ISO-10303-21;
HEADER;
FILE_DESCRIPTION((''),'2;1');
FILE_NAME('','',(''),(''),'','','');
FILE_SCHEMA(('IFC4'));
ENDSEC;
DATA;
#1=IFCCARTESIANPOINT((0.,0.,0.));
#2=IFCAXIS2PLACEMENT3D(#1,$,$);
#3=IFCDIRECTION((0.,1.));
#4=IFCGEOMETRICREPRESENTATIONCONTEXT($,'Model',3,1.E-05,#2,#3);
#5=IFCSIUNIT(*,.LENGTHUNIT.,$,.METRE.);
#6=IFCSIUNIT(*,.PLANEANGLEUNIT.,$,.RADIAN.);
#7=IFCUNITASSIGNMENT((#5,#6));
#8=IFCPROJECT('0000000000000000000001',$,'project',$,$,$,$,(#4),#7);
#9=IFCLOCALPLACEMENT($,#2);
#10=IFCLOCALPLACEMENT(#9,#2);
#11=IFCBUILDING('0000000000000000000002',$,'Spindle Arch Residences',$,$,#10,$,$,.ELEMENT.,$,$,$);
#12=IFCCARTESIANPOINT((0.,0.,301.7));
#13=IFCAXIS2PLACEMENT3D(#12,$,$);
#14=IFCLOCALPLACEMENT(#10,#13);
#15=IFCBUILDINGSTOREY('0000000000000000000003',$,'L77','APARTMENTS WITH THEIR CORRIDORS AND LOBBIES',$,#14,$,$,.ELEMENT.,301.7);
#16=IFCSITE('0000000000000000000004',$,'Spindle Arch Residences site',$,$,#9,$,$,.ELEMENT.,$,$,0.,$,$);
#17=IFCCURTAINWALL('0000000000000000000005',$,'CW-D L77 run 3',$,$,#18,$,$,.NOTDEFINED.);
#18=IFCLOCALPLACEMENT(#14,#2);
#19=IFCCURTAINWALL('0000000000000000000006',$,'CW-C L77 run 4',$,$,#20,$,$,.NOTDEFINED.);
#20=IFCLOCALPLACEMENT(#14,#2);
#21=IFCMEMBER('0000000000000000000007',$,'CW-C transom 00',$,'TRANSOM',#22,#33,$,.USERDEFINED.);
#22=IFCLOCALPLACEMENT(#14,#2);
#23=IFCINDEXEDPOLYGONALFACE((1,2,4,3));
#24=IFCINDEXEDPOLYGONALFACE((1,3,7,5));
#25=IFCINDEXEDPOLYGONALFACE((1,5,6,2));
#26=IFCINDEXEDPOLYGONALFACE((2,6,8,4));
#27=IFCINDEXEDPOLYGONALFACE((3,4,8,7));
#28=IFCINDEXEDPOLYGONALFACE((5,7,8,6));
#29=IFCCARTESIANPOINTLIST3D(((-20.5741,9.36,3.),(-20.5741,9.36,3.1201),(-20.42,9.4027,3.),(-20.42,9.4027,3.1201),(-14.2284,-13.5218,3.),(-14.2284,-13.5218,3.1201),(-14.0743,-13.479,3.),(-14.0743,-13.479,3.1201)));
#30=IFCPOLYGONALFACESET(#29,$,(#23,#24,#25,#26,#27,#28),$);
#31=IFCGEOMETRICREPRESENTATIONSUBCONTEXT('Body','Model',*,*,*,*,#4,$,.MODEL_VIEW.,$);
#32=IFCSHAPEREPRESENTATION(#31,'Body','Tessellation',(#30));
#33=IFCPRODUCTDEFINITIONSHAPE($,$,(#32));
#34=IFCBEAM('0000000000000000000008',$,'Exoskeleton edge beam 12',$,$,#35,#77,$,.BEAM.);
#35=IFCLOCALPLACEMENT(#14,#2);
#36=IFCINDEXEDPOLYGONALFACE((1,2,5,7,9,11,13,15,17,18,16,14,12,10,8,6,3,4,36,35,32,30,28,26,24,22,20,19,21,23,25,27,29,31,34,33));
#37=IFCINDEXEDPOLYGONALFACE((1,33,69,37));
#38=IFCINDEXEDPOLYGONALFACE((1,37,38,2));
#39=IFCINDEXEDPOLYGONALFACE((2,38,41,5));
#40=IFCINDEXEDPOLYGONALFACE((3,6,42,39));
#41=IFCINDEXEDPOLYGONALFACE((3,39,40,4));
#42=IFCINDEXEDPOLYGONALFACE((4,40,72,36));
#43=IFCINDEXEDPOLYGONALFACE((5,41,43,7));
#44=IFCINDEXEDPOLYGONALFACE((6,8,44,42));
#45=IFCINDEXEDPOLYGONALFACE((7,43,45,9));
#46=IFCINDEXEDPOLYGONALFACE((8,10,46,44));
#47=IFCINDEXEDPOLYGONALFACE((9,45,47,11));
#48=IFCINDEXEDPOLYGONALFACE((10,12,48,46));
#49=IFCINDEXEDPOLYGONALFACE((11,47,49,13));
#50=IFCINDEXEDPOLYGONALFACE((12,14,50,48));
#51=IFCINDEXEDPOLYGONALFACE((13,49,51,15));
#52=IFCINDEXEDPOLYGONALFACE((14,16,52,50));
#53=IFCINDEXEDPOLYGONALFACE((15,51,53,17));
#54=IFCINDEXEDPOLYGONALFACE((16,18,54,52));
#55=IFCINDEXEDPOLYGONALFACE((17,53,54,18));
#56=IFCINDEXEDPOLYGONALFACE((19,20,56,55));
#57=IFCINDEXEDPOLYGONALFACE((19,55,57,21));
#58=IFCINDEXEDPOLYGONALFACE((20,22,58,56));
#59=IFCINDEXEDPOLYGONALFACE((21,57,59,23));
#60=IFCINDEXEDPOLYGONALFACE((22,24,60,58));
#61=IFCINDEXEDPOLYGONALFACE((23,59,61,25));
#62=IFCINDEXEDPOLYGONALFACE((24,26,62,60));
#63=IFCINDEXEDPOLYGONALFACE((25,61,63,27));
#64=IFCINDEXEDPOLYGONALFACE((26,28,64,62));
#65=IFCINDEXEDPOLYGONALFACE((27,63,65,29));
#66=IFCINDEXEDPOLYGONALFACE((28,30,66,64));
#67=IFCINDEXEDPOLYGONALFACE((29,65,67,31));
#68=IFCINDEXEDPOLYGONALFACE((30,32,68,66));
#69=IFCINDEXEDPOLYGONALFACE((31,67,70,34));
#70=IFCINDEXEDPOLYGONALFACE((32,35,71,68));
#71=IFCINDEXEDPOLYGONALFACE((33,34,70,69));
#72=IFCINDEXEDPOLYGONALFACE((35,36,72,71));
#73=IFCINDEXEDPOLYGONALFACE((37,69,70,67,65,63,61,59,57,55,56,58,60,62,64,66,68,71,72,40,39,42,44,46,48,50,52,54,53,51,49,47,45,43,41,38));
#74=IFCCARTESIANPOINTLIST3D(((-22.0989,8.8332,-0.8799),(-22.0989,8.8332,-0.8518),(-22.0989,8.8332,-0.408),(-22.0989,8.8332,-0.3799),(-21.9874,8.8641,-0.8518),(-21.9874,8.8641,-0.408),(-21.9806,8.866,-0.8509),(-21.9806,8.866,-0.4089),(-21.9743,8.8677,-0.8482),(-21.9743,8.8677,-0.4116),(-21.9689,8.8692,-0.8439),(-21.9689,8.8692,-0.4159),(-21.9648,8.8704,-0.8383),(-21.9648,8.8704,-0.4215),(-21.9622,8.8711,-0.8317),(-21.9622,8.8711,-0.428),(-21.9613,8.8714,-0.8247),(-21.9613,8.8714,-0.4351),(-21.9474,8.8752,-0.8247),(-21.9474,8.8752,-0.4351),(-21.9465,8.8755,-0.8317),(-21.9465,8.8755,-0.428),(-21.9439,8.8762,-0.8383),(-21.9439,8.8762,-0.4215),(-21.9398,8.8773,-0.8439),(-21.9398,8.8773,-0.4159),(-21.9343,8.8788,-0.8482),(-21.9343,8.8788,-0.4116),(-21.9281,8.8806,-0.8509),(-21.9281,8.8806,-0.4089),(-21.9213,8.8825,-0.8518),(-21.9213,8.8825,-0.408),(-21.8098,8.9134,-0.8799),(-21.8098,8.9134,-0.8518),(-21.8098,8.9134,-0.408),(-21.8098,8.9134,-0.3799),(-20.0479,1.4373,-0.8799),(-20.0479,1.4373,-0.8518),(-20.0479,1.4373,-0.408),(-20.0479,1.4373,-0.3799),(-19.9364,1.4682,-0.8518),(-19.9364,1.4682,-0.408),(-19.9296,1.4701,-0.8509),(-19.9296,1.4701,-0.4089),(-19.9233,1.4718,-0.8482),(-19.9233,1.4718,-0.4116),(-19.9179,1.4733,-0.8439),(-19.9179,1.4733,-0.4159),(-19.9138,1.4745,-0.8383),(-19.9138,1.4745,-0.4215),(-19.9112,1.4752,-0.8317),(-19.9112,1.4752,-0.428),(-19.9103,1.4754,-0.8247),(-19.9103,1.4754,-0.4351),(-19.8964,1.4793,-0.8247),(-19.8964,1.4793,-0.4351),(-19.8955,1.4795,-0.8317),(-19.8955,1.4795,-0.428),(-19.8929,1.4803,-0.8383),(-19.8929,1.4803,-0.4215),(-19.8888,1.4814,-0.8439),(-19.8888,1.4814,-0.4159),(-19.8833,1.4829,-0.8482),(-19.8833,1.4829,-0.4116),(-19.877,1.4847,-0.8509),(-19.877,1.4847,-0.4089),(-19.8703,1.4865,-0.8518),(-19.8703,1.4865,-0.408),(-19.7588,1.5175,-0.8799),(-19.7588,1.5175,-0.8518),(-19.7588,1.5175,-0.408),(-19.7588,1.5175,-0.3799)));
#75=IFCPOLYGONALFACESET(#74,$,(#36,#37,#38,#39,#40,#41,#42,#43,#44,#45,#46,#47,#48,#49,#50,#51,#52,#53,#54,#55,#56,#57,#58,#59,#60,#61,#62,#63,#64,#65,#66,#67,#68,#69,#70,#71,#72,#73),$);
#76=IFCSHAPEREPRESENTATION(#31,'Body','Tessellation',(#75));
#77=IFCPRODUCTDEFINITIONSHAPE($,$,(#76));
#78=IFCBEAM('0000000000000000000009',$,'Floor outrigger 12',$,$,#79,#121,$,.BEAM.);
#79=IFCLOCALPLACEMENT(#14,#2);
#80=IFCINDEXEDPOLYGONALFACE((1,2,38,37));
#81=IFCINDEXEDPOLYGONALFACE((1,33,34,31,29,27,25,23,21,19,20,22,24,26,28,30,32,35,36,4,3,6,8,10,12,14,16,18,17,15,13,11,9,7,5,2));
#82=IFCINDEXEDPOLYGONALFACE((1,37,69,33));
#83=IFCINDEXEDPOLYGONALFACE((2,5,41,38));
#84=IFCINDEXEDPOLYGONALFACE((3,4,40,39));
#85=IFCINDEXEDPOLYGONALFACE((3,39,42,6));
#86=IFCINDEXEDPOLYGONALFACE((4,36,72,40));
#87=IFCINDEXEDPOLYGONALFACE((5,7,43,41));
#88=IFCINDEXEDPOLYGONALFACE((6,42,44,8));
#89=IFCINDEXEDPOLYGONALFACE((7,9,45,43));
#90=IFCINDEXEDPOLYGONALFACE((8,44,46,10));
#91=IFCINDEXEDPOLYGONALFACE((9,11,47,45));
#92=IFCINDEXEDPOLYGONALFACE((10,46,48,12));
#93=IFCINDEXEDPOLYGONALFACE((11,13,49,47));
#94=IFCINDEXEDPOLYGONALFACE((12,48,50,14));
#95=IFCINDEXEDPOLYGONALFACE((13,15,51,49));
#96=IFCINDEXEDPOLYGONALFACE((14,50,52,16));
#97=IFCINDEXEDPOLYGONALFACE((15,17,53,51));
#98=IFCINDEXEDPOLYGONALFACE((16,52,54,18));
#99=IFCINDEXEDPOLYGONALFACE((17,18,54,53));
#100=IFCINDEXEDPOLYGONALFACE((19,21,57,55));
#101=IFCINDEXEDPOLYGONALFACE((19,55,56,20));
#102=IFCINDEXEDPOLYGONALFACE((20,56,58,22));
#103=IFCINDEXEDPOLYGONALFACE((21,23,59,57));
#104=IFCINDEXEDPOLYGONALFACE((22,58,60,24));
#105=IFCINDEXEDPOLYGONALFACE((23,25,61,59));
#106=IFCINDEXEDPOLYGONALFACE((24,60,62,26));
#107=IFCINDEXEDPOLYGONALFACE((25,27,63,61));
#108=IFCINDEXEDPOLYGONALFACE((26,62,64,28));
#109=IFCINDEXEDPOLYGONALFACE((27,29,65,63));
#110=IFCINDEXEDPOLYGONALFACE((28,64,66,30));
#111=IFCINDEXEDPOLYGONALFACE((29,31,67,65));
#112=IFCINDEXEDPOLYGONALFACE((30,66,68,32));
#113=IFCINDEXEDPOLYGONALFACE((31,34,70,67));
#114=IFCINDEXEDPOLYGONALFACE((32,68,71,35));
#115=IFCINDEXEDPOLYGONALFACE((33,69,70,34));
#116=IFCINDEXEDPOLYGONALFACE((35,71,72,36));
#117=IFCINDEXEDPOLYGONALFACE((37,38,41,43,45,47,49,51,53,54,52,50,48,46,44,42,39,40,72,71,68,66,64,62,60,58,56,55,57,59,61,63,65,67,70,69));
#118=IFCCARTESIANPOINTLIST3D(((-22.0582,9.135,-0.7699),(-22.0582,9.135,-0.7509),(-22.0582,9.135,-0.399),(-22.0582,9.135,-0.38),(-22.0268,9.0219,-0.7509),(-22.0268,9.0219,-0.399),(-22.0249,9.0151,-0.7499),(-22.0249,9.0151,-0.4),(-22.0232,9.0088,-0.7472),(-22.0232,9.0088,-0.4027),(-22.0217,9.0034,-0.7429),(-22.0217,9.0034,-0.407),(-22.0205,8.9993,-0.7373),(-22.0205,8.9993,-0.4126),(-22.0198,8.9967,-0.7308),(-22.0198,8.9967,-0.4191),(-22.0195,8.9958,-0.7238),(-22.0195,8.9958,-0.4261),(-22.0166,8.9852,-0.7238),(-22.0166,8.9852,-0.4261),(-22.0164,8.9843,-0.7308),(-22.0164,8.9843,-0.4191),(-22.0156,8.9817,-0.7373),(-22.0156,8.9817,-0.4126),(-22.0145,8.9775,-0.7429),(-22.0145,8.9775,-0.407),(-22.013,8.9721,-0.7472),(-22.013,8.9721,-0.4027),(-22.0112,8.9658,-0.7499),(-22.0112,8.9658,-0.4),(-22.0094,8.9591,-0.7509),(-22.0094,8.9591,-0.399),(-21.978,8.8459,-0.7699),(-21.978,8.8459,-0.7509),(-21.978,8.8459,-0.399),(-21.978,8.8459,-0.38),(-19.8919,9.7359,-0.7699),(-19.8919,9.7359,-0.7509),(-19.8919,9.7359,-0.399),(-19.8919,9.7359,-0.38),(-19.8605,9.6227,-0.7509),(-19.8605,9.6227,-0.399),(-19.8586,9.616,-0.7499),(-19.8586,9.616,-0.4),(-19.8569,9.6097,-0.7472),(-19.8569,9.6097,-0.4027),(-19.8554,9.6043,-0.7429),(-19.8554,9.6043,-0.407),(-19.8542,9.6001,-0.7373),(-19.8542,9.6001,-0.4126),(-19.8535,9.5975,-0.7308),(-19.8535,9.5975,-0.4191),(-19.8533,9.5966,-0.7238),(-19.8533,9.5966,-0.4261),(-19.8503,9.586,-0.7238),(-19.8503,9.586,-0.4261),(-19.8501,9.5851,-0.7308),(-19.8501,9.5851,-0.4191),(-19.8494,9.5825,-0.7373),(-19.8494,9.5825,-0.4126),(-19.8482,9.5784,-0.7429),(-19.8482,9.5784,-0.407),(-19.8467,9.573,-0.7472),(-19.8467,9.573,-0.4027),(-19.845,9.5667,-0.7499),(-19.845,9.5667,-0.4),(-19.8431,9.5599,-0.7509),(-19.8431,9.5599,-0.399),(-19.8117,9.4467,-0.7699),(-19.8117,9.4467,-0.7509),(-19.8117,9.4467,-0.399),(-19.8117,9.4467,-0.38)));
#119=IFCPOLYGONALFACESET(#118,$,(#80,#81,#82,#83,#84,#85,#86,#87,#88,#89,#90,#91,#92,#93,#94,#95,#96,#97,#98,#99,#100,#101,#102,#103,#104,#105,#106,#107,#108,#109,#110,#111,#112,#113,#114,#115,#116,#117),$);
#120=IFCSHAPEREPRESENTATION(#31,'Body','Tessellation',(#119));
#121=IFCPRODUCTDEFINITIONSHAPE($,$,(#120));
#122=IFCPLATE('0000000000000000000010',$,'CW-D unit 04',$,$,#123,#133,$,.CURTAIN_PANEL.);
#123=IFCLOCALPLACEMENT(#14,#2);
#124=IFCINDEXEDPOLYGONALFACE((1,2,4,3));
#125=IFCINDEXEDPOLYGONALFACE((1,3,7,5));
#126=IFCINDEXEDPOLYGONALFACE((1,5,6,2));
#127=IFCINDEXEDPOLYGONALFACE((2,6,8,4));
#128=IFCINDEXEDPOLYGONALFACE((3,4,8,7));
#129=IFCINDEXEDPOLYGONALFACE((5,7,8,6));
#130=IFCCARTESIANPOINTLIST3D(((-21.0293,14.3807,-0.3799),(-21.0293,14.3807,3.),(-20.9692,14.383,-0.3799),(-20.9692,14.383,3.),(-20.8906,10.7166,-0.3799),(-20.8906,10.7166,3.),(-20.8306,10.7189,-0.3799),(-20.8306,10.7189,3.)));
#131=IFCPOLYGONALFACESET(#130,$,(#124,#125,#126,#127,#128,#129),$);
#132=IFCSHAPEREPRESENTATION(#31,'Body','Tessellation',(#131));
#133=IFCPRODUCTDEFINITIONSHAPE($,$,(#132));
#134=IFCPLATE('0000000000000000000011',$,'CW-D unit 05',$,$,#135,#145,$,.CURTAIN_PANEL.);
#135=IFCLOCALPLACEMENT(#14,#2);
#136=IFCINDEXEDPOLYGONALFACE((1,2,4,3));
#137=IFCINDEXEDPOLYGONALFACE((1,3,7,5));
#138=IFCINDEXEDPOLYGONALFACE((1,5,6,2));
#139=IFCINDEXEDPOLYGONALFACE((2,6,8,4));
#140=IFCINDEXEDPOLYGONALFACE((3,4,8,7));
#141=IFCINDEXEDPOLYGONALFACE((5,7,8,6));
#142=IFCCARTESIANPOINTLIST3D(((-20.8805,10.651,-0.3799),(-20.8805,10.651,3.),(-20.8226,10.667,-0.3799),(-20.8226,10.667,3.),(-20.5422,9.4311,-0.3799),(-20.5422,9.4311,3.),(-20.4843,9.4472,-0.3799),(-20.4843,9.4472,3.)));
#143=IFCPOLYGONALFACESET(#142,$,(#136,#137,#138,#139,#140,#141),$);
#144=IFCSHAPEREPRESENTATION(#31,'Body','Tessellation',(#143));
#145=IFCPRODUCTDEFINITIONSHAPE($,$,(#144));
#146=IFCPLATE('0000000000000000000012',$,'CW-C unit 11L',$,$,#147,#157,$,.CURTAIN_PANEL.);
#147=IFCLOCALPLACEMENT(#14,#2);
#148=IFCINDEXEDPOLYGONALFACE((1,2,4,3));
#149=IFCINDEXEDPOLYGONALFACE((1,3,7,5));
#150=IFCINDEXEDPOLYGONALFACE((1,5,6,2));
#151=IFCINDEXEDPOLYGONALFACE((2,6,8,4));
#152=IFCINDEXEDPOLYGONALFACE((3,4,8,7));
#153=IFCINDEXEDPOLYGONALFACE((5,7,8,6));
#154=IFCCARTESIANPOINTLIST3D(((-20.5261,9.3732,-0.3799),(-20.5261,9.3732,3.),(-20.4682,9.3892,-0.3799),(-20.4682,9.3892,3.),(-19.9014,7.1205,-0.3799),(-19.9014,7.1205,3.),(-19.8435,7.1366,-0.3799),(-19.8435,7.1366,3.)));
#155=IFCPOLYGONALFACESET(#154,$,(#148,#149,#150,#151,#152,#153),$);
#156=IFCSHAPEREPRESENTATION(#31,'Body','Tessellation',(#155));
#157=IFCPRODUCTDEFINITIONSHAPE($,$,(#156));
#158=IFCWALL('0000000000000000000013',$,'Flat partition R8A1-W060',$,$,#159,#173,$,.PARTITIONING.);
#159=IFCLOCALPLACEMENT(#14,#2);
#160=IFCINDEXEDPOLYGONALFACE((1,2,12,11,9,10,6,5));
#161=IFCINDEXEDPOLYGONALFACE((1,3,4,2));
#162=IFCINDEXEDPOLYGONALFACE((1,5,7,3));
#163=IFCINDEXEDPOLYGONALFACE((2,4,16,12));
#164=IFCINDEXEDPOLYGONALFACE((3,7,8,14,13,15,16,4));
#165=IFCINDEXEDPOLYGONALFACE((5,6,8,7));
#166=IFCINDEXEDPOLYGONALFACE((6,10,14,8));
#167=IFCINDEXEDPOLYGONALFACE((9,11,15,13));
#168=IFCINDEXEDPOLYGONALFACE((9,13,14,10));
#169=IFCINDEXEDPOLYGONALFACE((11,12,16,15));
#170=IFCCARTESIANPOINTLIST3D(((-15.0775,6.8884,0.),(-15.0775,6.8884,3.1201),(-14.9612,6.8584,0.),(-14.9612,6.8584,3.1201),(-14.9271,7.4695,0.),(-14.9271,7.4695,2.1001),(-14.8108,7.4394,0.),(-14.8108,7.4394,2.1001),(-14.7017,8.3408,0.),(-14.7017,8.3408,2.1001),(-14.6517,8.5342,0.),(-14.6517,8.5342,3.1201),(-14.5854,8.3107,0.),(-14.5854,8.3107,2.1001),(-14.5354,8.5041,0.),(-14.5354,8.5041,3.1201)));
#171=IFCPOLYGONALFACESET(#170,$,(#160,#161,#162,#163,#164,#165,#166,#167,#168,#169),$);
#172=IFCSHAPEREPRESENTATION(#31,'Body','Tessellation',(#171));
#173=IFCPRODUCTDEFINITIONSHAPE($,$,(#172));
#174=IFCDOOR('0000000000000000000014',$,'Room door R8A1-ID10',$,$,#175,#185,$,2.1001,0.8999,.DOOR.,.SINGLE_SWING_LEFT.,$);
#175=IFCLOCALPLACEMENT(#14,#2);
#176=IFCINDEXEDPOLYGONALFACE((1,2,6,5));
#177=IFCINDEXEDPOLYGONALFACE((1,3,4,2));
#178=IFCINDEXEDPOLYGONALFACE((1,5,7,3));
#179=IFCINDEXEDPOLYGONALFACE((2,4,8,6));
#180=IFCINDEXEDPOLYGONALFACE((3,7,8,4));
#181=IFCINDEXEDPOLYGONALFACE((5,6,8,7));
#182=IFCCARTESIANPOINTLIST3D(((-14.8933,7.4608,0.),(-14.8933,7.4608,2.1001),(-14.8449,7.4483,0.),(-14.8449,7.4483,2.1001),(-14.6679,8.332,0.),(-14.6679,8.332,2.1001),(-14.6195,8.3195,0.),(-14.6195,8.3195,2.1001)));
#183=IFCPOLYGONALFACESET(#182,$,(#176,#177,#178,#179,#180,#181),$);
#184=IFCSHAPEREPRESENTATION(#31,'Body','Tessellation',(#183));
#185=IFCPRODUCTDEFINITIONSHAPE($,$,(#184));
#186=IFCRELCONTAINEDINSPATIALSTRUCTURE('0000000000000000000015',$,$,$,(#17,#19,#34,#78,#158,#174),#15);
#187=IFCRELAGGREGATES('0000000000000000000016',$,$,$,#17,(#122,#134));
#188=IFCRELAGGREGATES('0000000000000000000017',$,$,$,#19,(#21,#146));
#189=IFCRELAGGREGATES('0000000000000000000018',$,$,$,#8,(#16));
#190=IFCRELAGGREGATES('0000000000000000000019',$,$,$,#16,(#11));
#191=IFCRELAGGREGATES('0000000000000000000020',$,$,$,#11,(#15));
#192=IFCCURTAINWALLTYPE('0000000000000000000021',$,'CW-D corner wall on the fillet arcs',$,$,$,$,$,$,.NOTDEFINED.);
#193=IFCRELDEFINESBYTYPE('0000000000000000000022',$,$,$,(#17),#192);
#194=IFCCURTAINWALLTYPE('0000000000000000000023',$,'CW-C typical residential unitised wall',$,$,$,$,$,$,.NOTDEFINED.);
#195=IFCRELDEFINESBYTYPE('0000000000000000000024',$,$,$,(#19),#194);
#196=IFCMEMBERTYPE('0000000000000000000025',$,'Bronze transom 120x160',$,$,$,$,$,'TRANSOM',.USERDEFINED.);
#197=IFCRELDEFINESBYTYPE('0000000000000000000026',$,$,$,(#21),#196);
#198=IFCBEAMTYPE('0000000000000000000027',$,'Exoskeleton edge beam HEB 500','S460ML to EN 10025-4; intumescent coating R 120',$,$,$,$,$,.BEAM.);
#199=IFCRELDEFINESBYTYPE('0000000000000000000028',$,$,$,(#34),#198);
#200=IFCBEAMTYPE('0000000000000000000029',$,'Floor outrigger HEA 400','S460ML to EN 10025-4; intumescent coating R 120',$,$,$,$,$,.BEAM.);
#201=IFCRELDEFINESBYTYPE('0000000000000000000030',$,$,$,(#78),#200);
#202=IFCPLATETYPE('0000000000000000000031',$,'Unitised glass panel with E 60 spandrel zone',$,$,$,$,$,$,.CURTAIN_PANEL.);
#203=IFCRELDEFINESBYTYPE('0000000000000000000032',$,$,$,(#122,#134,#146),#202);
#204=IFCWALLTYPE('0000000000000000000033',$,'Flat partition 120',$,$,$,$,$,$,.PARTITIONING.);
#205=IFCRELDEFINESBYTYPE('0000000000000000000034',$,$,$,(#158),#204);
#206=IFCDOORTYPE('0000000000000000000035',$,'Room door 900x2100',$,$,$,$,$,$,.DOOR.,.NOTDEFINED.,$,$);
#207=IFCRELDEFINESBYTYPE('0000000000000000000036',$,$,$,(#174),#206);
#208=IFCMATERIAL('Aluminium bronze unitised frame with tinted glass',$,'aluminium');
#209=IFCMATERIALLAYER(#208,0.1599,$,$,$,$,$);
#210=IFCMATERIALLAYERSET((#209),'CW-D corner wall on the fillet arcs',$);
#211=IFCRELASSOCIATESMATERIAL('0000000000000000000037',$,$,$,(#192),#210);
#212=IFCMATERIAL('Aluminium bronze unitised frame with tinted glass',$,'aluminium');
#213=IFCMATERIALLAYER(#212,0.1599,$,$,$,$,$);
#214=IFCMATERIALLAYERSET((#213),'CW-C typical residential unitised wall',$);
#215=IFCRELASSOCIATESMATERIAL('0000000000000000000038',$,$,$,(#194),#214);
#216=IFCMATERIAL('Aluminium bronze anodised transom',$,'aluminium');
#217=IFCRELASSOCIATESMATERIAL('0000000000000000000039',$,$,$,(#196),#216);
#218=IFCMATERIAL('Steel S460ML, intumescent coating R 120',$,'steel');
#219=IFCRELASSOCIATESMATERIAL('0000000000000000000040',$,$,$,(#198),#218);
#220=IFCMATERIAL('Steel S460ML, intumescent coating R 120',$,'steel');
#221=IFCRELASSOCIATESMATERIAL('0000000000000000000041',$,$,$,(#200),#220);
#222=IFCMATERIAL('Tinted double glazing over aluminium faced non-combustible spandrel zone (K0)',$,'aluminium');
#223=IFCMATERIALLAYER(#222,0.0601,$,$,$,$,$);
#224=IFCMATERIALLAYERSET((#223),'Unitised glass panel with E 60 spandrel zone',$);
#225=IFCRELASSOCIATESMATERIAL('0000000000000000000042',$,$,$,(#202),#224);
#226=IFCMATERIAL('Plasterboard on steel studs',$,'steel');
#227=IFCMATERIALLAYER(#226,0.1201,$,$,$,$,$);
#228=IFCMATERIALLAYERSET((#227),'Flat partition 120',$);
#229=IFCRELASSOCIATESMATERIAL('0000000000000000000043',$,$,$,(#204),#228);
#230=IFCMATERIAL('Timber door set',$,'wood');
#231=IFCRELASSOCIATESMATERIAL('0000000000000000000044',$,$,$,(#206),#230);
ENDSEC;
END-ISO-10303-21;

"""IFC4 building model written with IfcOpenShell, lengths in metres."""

from ifc_helpers import new_model, si_unit, direction, frame, frame_2d, origin, origin_2d, place, context, subcontext, project, spatial, rectangle, i_section, extrude, material, layer, layer_set, material_profile, profile_set, type_object, element, fill, aggregate, save


model = new_model("IFC4")

# Units and contexts
model_context = context("Model", 3, precision=1e-05, world=origin(), true_north=direction((0.0, 1.0)))
body_context = subcontext(model_context, "Body", "Model", "MODEL_VIEW")
ifc_project = project(units=[si_unit("LENGTHUNIT", "METRE"), si_unit("PLANEANGLEUNIT", "RADIAN")], contexts=[model_context])

# Site, building, storey
site_placement = place(None, origin())
site = spatial("IfcSite", under=ifc_project, at=site_placement, Name="Spindle Arch Residences site", CompositionType="ELEMENT", RefElevation=0.0)
building_placement = place(site_placement, origin())
building = spatial("IfcBuilding", under=site, at=building_placement, Name="Spindle Arch Residences", CompositionType="ELEMENT")
storey_placement = place(building_placement, frame((0.0, 0.0, 301.7)))
storey = spatial("IfcBuildingStorey", under=building, at=storey_placement, Name="L77", Description="APARTMENTS WITH THEIR CORRIDORS AND LOBBIES", CompositionType="ELEMENT", Elevation=301.7)

# Curtain walls
ifc_material_1 = material(Name="Aluminium bronze unitised frame with tinted glass", Category="aluminium")
ifc_layer_1 = layer(ifc_material_1, 0.1599)
ifc_layer_set_1 = layer_set([ifc_layer_1], Name="CW-D corner wall on the fillet arcs")
curtain_wall_type_1 = type_object("IfcCurtainWallType", Name="CW-D corner wall on the fillet arcs", PredefinedType="NOTDEFINED", material=ifc_layer_set_1)
curtain_wall_1_placement = place(storey_placement, origin())
curtain_wall_1 = element("IfcCurtainWall", 1, at=curtain_wall_1_placement, inside=storey, type_object=curtain_wall_type_1, Name="CW-D L77 run 3", PredefinedType="NOTDEFINED")
ifc_material_2 = material(Name="Aluminium bronze unitised frame with tinted glass", Category="aluminium")
ifc_layer_2 = layer(ifc_material_2, 0.1599)
ifc_layer_set_2 = layer_set([ifc_layer_2], Name="CW-C typical residential unitised wall")
curtain_wall_type_2 = type_object("IfcCurtainWallType", Name="CW-C typical residential unitised wall", PredefinedType="NOTDEFINED", material=ifc_layer_set_2)
curtain_wall_2_placement = place(storey_placement, origin())
curtain_wall_2 = element("IfcCurtainWall", 2, at=curtain_wall_2_placement, inside=storey, type_object=curtain_wall_type_2, Name="CW-C L77 run 4", PredefinedType="NOTDEFINED")

# Member
ifc_material_3 = material(Name="Aluminium bronze anodised transom", Category="aluminium")
ifc_material_profile_1 = material_profile(ifc_material_3, rectangle(XDim=0.1599, YDim=0.1201, at=origin_2d()), Name="TR 120x160")
ifc_profile_set_1 = profile_set([ifc_material_profile_1], Name="Aluminium bronze anodised transom")
member_type_1 = type_object("IfcMemberType", Name="Bronze transom 120x160", ElementType="TRANSOM", PredefinedType="USERDEFINED", material=ifc_profile_set_1)
member_1_placement = place(storey_placement, frame((-20.4971, 9.3813, 3.0601), z_axis=(0.267239, -0.96363, 0.0), x_axis=(0.96363, 0.267239, 0.0)))
member_1 = element("IfcMember", 3, at=member_1_placement, type_object=member_type_1, Name="CW-C transom 00", ObjectType="TRANSOM", PredefinedType="USERDEFINED", context=body_context, shape_type="SweptSolid", body=[
    extrude(rectangle(XDim=0.1599, YDim=0.1201, at=origin_2d()), origin(), (0.0, 0.0, 1.0), 23.7454),
])

# Beams
ifc_material_4 = material(Name="Steel S460ML, intumescent coating R 120", Category="steel")
ifc_material_profile_2 = material_profile(ifc_material_4, i_section(OverallWidth=0.3, OverallDepth=0.5, WebThickness=0.0144, FlangeThickness=0.0281, FilletRadius=0.0271, at=origin_2d()), Name="HEB 500")
ifc_profile_set_2 = profile_set([ifc_material_profile_2], Name="Steel S460ML, intumescent coating R 120")
beam_type_1 = type_object("IfcBeamType", Name="Exoskeleton edge beam HEB 500", Description="S460ML to EN 10025-4; intumescent coating R 120", PredefinedType="BEAM", material=ifc_profile_set_2)
beam_1_placement = place(storey_placement, frame((-21.9543, 8.8733, -0.6299), z_axis=(0.26723, -0.963633, 0.0), x_axis=(0.963633, 0.26723, 0.0)))
element("IfcBeam", 4, at=beam_1_placement, inside=storey, type_object=beam_type_1, Name="Exoskeleton edge beam 12", PredefinedType="BEAM", context=body_context, shape_type="SweptSolid", body=[
    extrude(i_section(OverallWidth=0.3, OverallDepth=0.5, WebThickness=0.0144, FlangeThickness=0.0281, FilletRadius=0.0271, at=origin_2d()), origin(), (0.0, 0.0, 1.0), 7.675),
])
ifc_material_5 = material(Name="Steel S460ML, intumescent coating R 120", Category="steel")
ifc_material_profile_3 = material_profile(ifc_material_5, i_section(OverallWidth=0.3, OverallDepth=0.3899, WebThickness=0.011, FlangeThickness=0.019, FilletRadius=0.0271, at=origin_2d()), Name="HEA 400")
ifc_profile_set_3 = profile_set([ifc_material_profile_3], Name="Steel S460ML, intumescent coating R 120")
beam_type_2 = type_object("IfcBeamType", Name="Floor outrigger HEA 400", Description="S460ML to EN 10025-4; intumescent coating R 120", PredefinedType="BEAM", material=ifc_profile_set_3)
beam_2_placement = place(storey_placement, frame((-22.0181, 8.9905, -0.575), z_axis=(0.963622, 0.267269, 0.0), x_axis=(-0.267269, 0.963622, 0.0)))
element("IfcBeam", 5, at=beam_2_placement, inside=storey, type_object=beam_type_2, Name="Floor outrigger 12", PredefinedType="BEAM", context=body_context, shape_type="SweptSolid", body=[
    extrude(i_section(OverallWidth=0.3, OverallDepth=0.3899, WebThickness=0.011, FlangeThickness=0.019, FilletRadius=0.0271, at=origin_2d()), origin(), (0.0, 0.0, 1.0), 2.248),
])

# Plates
ifc_material_6 = material(Name="Tinted double glazing over aluminium faced non-combustible spandrel zone (K0)", Category="aluminium")
ifc_layer_3 = layer(ifc_material_6, 0.0601)
ifc_layer_set_3 = layer_set([ifc_layer_3], Name="Unitised glass panel with E 60 spandrel zone")
plate_type = type_object("IfcPlateType", Name="Unitised glass panel with E 60 spandrel zone", PredefinedType="CURTAIN_PANEL", material=ifc_layer_set_3)
plate_1_placement = place(storey_placement, frame((-20.9299, 12.5498, -0.3799), z_axis=(0.0, 0.0, 1.0), x_axis=(0.037806, -0.999285, 0.0)))
plate_1 = element("IfcPlate", 6, at=plate_1_placement, type_object=plate_type, Name="CW-D unit 04", PredefinedType="CURTAIN_PANEL", context=body_context, shape_type="SweptSolid", body=[
    extrude(rectangle(XDim=3.6667, YDim=0.0601, at=origin_2d()), origin(), (0.0, 0.0, 1.0), 3.3799),
])
plate_2_placement = place(storey_placement, frame((-20.6824, 10.0491, -0.3799), z_axis=(0.0, 0.0, 1.0), x_axis=(0.267238, -0.96363, 0.0)))
plate_2 = element("IfcPlate", 7, at=plate_2_placement, type_object=plate_type, Name="CW-D unit 05", PredefinedType="CURTAIN_PANEL", context=body_context, shape_type="SweptSolid", body=[
    extrude(rectangle(XDim=1.2659, YDim=0.0601, at=origin_2d()), origin(), (0.0, 0.0, 1.0), 3.3799),
])
aggregate(curtain_wall_1, [plate_1, plate_2])
plate_3_placement = place(storey_placement, frame((-20.1848, 8.2549, -0.3799), z_axis=(0.0, 0.0, 1.0), x_axis=(0.267238, -0.96363, 0.0)))
plate_3 = element("IfcPlate", 8, at=plate_3_placement, type_object=plate_type, Name="CW-C unit 11L", PredefinedType="CURTAIN_PANEL", context=body_context, shape_type="SweptSolid", body=[
    extrude(rectangle(XDim=2.3376, YDim=0.0601, at=origin_2d()), origin(), (0.0, 0.0, 1.0), 3.3799),
])
aggregate(curtain_wall_2, [member_1, plate_3])

# Wall, opening, door
ifc_material_7 = material(Name="Plasterboard on steel studs", Category="steel")
ifc_layer_4 = layer(ifc_material_7, 0.1201)
ifc_layer_set_4 = layer_set([ifc_layer_4], Name="Flat partition 120")
wall_type_1 = type_object("IfcWallType", Name="Flat partition 120", PredefinedType="PARTITIONING", material=ifc_layer_set_4)
wall_1_placement = place(storey_placement, frame((-14.5935, 8.5193, 0.0), z_axis=(0.0, 0.0, 1.0), x_axis=(-0.250469, -0.968125, 0.0)))
wall_1 = element("IfcWall", 9, at=wall_1_placement, inside=storey, type_object=wall_type_1, Name="Flat partition R8A1-W060", PredefinedType="PARTITIONING", context=body_context, shape_type="SweptSolid", body=[
    extrude(rectangle(XDim=1.7, YDim=0.1201, at=frame_2d((0.8501, 0.0))), origin(), (0.0, 0.0, 1.0), 3.1201),
])
opening_1_placement = place(wall_1_placement, frame((0.2, 0.0, 0.0)))
opening_1 = element("IfcOpeningElement", 10, at=opening_1_placement, cuts=wall_1, PredefinedType="OPENING", context=body_context, shape_type="SweptSolid", body=[
    extrude(rectangle(XDim=0.8999, YDim=2.1001, at=frame_2d((0.45, 1.05))), frame((0.0, 0.0701, 0.0), z_axis=(0.0, -1.0, 0.0), x_axis=(1.0, 0.0, 0.0)), (0.0, 0.0, 1.0), 0.1401),
])
ifc_material_8 = material(Name="Timber door set", Category="wood")
door_type_1 = type_object("IfcDoorType", Name="Room door 900x2100", OperationType="NOTDEFINED", PredefinedType="DOOR", material=ifc_material_8)
door_1_placement = place(opening_1_placement, origin())
door_1 = element("IfcDoor", 11, at=door_1_placement, inside=storey, type_object=door_type_1, Name="Room door R8A1-ID10", OperationType="SINGLE_SWING_LEFT", OverallHeight=2.1001, OverallWidth=0.8999, PredefinedType="DOOR", context=body_context, shape_type="SweptSolid", body=[
    extrude(rectangle(XDim=0.8999, YDim=2.1001, at=frame_2d((0.45, 1.05))), frame((0.0, 0.0249, 0.0), z_axis=(0.0, -1.0, 0.0), x_axis=(1.0, 0.0, 0.0)), (0.0, 0.0, 1.0), 0.05),
])
fill(opening_1, door_1)

save(model, "model.ifc")
